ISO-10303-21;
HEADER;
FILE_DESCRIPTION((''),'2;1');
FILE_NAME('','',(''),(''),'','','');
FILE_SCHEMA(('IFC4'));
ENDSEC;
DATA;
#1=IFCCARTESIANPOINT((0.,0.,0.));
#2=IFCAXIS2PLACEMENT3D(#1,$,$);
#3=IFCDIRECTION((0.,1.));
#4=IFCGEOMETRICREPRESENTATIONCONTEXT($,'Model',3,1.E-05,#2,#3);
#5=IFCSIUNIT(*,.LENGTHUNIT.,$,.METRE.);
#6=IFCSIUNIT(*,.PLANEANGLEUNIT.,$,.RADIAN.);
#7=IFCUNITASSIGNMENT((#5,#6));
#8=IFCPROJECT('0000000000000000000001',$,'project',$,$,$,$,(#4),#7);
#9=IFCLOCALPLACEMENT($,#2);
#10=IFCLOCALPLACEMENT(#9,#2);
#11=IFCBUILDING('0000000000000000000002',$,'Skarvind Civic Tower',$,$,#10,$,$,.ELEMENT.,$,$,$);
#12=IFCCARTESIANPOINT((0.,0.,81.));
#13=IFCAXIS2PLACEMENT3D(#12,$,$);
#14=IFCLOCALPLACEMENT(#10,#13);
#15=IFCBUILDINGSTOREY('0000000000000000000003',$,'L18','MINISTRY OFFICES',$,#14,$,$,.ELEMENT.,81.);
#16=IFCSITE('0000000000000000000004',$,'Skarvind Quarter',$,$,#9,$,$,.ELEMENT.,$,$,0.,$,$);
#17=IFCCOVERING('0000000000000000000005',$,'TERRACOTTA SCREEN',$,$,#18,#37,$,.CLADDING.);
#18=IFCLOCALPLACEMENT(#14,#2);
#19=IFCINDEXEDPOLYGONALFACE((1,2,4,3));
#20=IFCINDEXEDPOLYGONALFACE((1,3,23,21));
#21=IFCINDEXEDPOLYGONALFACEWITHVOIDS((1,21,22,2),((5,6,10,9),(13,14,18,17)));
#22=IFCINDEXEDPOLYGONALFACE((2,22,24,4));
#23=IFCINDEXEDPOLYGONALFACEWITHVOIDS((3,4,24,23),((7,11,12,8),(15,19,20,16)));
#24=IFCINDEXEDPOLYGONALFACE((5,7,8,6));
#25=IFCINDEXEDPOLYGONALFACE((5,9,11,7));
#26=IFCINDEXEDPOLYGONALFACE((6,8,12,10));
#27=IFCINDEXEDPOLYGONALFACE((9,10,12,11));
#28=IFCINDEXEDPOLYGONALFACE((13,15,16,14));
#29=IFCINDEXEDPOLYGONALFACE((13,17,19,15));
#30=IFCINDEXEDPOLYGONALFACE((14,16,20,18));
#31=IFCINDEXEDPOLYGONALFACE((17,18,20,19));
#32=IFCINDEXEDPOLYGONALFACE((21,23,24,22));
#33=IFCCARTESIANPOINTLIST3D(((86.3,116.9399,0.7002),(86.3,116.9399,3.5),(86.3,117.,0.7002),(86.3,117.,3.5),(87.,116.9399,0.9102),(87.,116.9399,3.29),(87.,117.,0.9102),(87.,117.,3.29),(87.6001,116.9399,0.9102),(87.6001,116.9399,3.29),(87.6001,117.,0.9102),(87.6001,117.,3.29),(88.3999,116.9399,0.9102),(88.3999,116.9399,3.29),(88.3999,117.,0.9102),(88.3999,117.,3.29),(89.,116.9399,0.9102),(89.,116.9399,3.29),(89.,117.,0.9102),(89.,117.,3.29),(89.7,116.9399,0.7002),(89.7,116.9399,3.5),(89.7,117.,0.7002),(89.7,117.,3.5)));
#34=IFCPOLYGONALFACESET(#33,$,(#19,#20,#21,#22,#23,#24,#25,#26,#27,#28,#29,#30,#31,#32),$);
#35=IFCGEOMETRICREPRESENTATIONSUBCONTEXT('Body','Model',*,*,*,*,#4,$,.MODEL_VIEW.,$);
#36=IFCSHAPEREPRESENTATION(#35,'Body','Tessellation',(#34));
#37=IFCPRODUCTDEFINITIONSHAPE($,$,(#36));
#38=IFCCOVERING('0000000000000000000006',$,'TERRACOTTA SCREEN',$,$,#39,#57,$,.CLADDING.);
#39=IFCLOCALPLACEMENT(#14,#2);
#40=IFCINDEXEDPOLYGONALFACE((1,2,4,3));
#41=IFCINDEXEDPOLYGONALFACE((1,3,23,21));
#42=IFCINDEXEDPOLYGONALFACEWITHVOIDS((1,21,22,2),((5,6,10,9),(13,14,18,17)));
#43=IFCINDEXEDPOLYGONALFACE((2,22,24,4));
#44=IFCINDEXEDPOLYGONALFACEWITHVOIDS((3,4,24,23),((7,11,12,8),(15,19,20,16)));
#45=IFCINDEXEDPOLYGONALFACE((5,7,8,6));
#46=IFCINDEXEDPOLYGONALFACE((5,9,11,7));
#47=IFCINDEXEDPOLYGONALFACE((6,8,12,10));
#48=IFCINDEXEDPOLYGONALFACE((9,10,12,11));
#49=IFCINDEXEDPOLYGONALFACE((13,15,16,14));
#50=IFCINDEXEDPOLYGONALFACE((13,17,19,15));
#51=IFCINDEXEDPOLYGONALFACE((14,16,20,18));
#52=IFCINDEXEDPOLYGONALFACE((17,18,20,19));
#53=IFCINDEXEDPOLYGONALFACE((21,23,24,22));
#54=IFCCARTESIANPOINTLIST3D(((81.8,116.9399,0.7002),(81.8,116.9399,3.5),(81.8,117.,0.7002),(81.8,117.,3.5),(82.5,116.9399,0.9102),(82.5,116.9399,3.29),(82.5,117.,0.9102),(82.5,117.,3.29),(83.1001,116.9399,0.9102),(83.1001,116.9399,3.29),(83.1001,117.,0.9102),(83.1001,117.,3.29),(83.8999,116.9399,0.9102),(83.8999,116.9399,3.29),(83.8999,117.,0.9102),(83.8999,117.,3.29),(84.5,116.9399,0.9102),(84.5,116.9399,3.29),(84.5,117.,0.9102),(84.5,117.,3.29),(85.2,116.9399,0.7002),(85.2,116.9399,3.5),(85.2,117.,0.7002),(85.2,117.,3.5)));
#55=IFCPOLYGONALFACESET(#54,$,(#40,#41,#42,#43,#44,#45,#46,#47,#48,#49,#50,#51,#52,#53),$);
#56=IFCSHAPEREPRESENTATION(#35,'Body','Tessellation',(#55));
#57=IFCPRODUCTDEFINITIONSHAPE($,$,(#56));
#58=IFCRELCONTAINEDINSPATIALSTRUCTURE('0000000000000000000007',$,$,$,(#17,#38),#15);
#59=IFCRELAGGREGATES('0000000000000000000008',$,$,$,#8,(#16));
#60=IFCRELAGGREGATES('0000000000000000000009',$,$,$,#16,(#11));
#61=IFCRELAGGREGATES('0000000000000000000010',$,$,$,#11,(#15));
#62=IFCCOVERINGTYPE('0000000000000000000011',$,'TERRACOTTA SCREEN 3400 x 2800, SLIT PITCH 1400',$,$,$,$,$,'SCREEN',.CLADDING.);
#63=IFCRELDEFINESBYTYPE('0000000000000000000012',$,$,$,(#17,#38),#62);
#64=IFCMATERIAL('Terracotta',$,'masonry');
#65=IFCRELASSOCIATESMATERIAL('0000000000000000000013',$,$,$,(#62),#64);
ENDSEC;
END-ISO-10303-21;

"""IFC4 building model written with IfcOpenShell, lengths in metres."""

from ifc_helpers import new_model, si_unit, direction, frame, origin, place, context, subcontext, project, spatial, polyline, outline, extrude, material, material_profile, profile_set, type_object, element, save


model = new_model("IFC4")

# Units and contexts
model_context = context("Model", 3, precision=1e-05, world=origin(), true_north=direction((0.0, 1.0)))
body_context = subcontext(model_context, "Body", "Model", "MODEL_VIEW")
ifc_project = project(units=[si_unit("LENGTHUNIT", "METRE"), si_unit("PLANEANGLEUNIT", "RADIAN")], contexts=[model_context])

# Site, building, storey
site_placement = place(None, origin())
site = spatial("IfcSite", under=ifc_project, at=site_placement, Name="Skarvind Quarter", CompositionType="ELEMENT", RefElevation=0.0)
building_placement = place(site_placement, origin())
building = spatial("IfcBuilding", under=site, at=building_placement, Name="Skarvind Civic Tower", CompositionType="ELEMENT")
storey_placement = place(building_placement, frame((0.0, 0.0, 81.0)))
storey = spatial("IfcBuildingStorey", under=building, at=storey_placement, Name="L18", Description="MINISTRY OFFICES", CompositionType="ELEMENT", Elevation=81.0)

# Coverings
ifc_material_1 = material(Name="Terracotta", Category="masonry")
ifc_material_profile_1 = material_profile(ifc_material_1, outline(polyline([(-1.7, -1.3999), (1.7, -1.3999), (1.7, 1.3999), (-1.7, 1.3999), (-1.7, -1.3999)]), holes=[polyline([(-1.0, -1.1899), (-0.3999, -1.1899), (-0.3999, 1.1899), (-1.0, 1.1899), (-1.0, -1.1899)]), polyline([(0.3999, -1.1899), (1.0, -1.1899), (1.0, 1.1899), (0.3999, 1.1899), (0.3999, -1.1899)])]), Name="TERRACOTTA SCREEN 3400 x 2800, SLIT PITCH 1400")
ifc_profile_set_1 = profile_set([ifc_material_profile_1], Name="Terracotta")
covering_type = type_object("IfcCoveringType", Name="TERRACOTTA SCREEN 3400 x 2800, SLIT PITCH 1400", ElementType="SCREEN", PredefinedType="CLADDING", material=ifc_profile_set_1)
for number, where, z_axis, x_axis, name in (
    (1, (88.0, 117.0, 2.1001), (0.0, -1.0, 0.0), (1.0, 0.0, 0.0), "TERRACOTTA SCREEN"),
    (2, (83.5, 117.0, 2.1001), (0.0, -1.0, 0.0), (1.0, 0.0, 0.0), "TERRACOTTA SCREEN"),
):
    element("IfcCovering", number, at=place(storey_placement, frame(where, z_axis=z_axis, x_axis=x_axis)), inside=storey, type_object=covering_type, Name=name, PredefinedType="CLADDING", context=body_context, shape_type="SweptSolid", body=[
        extrude(outline(polyline([(-1.7, -1.3999), (1.7, -1.3999), (1.7, 1.3999), (-1.7, 1.3999), (-1.7, -1.3999)]), holes=[polyline([(-1.0, -1.1899), (-0.3999, -1.1899), (-0.3999, 1.1899), (-1.0, 1.1899), (-1.0, -1.1899)]), polyline([(0.3999, -1.1899), (1.0, -1.1899), (1.0, 1.1899), (0.3999, 1.1899), (0.3999, -1.1899)])]), origin(), (0.0, 0.0, 1.0), 0.0601),
    ])

save(model, "model.ifc")
